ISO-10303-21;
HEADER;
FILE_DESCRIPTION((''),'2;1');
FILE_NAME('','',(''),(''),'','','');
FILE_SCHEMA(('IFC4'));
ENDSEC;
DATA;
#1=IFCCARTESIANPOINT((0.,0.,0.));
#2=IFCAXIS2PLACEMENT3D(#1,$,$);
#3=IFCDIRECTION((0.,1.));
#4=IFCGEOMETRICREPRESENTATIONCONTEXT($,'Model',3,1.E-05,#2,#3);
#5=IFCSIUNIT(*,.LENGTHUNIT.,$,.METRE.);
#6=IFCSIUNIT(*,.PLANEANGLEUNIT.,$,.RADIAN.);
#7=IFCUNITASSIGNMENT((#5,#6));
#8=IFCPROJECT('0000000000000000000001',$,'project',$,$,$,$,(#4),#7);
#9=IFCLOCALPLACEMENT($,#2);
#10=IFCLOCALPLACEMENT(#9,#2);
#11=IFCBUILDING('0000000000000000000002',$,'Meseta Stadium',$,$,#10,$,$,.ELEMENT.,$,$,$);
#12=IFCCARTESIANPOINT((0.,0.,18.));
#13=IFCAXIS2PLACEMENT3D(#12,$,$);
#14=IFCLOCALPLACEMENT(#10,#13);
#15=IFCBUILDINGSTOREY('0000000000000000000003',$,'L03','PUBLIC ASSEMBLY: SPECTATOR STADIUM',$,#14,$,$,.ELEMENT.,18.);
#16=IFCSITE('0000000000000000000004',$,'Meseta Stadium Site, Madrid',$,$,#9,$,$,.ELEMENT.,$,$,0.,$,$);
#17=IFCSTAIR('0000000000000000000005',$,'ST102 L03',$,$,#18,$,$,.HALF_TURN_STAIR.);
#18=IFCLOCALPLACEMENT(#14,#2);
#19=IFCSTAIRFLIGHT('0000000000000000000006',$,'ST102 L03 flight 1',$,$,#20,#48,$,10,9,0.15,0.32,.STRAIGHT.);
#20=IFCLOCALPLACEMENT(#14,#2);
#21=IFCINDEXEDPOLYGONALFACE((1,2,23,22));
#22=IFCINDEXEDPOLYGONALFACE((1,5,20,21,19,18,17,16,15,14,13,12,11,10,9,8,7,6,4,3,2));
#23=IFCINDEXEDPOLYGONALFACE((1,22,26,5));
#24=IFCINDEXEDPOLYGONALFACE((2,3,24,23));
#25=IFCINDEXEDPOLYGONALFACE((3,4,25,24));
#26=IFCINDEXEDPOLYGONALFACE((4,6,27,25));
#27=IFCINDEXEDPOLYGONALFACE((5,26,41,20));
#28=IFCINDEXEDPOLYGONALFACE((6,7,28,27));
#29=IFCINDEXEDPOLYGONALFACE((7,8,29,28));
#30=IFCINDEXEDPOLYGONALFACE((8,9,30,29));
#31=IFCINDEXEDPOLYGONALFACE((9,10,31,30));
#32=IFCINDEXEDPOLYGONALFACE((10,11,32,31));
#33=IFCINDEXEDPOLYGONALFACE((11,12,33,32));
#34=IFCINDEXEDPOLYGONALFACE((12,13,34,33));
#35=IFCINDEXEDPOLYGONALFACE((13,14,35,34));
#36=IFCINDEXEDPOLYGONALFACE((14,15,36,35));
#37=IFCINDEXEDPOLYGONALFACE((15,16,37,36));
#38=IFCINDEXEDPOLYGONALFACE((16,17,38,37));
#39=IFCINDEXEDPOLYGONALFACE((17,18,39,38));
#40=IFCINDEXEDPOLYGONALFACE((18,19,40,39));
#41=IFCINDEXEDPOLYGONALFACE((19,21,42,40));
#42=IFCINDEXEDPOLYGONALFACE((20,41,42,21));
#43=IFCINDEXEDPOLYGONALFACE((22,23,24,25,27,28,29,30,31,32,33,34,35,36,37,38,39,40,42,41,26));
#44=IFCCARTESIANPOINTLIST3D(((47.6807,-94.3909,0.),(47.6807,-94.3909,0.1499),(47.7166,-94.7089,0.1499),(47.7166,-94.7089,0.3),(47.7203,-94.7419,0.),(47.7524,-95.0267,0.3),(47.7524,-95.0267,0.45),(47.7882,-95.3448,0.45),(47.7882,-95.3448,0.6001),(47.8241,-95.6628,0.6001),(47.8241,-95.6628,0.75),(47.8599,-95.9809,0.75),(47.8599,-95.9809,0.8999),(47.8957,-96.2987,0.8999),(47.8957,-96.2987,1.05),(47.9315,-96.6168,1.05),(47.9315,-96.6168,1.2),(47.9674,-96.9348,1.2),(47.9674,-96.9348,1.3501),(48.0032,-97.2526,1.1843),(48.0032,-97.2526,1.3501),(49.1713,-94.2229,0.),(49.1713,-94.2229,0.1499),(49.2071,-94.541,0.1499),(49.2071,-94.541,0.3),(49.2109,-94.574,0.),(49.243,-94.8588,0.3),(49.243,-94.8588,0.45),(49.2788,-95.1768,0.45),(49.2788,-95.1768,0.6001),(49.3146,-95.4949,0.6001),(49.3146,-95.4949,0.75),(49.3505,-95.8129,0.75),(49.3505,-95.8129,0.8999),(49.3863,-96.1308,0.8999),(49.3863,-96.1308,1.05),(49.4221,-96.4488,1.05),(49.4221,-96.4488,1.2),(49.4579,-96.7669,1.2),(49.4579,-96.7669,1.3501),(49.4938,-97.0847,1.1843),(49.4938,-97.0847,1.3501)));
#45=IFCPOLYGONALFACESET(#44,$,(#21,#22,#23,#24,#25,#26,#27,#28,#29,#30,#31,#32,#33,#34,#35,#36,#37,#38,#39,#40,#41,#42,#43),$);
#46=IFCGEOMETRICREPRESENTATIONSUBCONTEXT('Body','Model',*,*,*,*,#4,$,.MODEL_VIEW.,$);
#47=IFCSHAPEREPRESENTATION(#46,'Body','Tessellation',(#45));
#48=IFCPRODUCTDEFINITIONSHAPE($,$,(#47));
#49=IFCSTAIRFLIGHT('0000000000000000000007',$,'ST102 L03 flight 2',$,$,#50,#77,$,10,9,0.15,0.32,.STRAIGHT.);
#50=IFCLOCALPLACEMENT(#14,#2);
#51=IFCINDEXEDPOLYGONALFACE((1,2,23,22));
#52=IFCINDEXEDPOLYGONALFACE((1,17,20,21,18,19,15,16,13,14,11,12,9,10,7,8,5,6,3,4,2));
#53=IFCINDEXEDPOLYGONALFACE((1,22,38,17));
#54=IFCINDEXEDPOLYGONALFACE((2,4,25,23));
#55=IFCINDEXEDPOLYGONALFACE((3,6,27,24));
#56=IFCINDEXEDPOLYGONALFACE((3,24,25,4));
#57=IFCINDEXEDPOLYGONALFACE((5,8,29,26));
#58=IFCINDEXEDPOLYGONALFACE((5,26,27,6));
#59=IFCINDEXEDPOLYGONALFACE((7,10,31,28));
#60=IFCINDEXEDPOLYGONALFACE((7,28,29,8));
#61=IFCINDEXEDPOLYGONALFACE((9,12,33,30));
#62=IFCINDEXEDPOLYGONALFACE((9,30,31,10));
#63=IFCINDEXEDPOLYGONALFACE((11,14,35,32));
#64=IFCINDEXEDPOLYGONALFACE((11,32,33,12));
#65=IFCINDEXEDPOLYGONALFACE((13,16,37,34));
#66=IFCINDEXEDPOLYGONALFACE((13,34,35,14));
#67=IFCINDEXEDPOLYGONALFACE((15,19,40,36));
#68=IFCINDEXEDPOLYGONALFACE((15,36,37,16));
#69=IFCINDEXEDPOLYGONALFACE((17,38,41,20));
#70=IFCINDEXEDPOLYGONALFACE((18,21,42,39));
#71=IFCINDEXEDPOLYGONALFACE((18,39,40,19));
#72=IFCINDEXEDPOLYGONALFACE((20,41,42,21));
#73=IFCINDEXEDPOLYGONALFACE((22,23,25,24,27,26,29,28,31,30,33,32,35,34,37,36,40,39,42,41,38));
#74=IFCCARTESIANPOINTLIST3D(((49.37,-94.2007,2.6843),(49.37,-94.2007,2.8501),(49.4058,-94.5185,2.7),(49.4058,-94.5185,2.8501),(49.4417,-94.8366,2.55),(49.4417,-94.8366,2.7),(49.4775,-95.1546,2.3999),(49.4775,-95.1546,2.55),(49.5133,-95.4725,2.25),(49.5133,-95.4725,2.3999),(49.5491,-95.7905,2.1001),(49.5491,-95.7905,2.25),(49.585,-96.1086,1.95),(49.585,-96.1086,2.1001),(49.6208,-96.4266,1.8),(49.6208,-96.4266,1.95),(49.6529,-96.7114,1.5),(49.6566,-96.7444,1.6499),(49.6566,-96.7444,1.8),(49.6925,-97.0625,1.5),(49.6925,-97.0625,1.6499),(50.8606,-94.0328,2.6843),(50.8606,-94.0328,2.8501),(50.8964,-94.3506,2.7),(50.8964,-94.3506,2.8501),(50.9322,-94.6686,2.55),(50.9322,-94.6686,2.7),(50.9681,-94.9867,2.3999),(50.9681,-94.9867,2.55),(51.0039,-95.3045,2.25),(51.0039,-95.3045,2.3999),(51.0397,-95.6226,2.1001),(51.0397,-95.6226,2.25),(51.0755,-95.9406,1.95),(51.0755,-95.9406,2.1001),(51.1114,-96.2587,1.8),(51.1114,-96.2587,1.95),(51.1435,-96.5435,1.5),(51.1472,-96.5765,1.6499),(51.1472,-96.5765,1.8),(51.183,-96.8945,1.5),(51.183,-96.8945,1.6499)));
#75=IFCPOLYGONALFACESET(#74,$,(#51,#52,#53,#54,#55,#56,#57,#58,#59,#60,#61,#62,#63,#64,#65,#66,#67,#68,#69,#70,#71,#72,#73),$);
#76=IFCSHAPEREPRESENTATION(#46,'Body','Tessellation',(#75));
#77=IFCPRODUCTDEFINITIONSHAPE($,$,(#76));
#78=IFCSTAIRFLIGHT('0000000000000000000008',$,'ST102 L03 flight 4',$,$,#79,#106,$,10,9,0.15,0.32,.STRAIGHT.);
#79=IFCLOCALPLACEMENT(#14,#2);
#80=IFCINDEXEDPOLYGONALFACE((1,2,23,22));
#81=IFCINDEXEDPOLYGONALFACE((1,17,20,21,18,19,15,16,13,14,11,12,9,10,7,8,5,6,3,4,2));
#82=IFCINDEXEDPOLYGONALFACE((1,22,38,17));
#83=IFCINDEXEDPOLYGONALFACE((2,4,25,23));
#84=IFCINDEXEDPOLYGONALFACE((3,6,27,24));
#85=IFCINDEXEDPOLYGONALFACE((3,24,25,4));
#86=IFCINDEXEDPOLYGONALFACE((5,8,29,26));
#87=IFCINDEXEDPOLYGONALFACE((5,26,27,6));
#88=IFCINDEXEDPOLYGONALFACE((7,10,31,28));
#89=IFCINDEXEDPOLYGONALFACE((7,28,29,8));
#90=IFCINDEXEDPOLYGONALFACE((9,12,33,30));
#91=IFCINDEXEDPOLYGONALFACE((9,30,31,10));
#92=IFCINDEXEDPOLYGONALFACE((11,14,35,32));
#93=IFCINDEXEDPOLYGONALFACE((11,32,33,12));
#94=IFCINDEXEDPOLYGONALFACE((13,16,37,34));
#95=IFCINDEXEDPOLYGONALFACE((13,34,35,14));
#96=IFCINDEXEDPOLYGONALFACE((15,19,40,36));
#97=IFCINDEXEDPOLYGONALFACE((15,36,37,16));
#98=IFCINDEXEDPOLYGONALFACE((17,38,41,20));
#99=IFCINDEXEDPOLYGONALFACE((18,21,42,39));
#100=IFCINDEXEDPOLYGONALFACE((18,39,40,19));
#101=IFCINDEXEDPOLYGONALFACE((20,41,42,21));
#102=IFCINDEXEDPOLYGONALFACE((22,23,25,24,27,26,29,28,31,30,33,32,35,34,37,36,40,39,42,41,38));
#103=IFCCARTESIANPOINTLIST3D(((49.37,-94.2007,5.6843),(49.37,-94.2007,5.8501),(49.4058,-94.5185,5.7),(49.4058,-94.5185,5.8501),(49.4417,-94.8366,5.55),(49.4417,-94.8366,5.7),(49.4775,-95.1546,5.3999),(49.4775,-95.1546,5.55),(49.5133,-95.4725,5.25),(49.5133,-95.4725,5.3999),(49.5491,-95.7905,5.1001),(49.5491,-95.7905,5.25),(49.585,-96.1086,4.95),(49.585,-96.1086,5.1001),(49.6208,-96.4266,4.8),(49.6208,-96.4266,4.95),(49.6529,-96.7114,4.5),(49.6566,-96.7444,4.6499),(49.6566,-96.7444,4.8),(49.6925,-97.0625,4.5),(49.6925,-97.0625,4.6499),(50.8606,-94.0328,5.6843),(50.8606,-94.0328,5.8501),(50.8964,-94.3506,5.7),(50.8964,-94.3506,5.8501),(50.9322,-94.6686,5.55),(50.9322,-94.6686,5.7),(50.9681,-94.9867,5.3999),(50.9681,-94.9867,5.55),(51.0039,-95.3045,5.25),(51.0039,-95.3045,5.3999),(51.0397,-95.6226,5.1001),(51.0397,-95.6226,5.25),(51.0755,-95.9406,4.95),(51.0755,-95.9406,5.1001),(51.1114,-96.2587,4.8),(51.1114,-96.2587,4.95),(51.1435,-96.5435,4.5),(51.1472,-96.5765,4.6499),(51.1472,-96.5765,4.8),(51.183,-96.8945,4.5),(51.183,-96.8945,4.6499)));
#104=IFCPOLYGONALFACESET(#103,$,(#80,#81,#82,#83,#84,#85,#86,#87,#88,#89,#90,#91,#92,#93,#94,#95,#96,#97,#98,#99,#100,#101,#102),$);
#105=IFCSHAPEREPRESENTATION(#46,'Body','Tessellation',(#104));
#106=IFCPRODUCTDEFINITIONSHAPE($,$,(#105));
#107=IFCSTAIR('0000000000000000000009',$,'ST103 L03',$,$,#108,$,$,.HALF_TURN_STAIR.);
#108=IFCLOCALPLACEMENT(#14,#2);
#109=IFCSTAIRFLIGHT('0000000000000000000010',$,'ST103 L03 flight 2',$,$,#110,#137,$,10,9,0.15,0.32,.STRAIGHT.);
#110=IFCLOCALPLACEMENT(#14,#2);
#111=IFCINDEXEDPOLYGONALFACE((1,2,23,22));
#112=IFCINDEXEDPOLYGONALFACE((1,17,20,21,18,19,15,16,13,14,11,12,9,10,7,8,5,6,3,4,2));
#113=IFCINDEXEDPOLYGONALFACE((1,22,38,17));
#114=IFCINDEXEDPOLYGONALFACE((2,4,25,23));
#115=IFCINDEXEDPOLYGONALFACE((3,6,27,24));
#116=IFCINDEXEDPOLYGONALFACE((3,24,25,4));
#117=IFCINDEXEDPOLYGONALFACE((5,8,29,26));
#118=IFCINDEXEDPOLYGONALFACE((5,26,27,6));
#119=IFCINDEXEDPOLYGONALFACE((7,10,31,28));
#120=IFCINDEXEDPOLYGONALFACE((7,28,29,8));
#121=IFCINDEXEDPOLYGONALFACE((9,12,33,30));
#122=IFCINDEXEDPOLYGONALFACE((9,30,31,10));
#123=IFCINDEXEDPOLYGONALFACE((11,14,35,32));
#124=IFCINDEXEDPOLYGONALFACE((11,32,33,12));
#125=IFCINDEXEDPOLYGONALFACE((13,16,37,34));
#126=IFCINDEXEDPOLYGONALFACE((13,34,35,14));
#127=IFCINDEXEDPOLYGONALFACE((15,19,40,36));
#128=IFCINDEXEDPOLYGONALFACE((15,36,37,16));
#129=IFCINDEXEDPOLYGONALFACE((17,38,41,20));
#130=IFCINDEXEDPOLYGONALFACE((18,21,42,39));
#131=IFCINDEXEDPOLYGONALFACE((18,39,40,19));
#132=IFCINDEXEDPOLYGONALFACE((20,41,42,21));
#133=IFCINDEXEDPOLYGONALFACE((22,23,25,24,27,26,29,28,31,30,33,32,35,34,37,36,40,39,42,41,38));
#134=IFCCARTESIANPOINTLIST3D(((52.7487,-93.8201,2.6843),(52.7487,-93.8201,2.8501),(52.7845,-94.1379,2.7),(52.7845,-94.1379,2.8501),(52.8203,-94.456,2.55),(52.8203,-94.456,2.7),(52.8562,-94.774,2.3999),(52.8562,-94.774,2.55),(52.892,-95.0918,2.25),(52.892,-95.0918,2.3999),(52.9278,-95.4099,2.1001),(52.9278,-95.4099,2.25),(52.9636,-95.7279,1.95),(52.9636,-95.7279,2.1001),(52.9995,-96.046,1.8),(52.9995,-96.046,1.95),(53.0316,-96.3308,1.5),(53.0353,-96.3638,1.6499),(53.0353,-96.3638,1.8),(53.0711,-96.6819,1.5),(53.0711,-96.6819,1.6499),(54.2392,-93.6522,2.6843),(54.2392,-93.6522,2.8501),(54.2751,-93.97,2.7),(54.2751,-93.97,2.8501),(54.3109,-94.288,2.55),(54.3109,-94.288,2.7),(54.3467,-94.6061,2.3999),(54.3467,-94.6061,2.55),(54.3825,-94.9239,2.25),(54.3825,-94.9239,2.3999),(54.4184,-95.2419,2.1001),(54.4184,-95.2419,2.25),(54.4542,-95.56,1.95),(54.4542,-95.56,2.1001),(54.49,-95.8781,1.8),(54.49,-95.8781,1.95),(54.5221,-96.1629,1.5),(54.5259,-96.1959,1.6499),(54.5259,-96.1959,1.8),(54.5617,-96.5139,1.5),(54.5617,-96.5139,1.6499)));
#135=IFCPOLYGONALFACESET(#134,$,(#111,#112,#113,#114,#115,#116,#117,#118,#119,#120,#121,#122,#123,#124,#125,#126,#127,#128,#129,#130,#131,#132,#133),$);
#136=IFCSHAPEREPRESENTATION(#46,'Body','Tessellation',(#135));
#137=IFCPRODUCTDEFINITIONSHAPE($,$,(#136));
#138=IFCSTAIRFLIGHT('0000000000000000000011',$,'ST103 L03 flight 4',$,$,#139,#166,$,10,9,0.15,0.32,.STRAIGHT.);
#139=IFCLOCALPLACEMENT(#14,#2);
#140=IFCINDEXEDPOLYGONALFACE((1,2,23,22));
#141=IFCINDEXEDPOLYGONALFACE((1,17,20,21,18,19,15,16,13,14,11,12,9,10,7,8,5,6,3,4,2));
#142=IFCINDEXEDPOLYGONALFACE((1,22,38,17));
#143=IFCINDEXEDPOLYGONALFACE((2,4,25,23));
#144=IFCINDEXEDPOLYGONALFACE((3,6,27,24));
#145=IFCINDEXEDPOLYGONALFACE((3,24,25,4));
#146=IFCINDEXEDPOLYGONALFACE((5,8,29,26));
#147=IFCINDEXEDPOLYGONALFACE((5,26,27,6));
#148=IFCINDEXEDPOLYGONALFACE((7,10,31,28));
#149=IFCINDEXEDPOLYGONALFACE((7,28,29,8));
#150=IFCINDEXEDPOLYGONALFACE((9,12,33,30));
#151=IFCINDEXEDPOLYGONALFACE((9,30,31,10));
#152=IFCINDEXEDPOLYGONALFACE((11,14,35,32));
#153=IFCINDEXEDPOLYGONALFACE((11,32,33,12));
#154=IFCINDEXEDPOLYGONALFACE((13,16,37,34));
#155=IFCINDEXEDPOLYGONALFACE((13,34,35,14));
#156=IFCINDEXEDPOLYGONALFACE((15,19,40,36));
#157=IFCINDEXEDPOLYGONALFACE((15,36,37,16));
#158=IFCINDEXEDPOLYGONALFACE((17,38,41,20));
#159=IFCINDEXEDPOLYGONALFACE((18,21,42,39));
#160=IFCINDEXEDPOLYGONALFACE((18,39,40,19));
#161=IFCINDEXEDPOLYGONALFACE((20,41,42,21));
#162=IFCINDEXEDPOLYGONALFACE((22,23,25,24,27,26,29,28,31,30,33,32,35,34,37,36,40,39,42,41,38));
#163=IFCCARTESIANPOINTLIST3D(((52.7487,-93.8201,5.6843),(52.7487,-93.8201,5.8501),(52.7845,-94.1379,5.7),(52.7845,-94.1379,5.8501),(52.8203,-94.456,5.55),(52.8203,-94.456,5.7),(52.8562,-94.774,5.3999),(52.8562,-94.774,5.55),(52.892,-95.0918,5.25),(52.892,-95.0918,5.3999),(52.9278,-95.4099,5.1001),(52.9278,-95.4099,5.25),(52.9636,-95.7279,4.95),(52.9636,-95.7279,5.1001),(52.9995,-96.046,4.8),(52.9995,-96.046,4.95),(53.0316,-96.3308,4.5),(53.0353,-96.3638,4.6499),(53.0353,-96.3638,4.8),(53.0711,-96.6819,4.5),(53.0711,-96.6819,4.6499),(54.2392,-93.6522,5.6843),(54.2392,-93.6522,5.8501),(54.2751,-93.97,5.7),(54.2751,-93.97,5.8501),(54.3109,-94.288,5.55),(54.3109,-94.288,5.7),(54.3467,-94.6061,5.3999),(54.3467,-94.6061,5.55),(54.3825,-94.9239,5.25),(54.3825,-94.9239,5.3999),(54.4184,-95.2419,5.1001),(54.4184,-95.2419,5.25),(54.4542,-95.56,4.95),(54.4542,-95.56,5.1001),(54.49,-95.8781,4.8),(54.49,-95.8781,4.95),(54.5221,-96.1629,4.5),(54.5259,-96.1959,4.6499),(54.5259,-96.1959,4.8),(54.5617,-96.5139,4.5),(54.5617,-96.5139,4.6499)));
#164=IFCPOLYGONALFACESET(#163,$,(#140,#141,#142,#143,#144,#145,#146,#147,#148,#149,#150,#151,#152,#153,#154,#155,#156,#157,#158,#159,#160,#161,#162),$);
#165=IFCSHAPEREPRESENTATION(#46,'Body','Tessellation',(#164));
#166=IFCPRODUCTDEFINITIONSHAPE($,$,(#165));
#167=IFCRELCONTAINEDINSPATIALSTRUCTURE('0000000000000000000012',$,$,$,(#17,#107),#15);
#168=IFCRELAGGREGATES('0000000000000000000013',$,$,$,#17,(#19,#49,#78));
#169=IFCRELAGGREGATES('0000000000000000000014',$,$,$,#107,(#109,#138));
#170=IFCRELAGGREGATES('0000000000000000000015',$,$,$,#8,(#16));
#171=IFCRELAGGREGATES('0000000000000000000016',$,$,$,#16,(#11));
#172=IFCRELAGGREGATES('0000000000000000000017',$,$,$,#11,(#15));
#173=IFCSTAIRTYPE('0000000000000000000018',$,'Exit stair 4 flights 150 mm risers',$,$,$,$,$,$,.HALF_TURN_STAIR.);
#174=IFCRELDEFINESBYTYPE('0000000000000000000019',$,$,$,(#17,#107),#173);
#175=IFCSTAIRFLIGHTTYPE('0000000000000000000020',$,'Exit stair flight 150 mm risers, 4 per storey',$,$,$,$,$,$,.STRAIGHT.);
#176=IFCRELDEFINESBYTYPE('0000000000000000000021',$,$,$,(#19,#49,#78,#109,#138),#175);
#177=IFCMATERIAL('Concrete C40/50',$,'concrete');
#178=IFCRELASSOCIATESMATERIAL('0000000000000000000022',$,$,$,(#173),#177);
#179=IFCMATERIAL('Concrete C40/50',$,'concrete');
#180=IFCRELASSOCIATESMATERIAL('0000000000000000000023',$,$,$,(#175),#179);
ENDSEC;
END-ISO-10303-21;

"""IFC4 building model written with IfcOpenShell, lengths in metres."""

from ifc_helpers import new_model, si_unit, direction, frame, origin, place, context, subcontext, project, spatial, polyline, outline, extrude, material, type_object, element, aggregate, save


model = new_model("IFC4")

# Units and contexts
model_context = context("Model", 3, precision=1e-05, world=origin(), true_north=direction((0.0, 1.0)))
body_context = subcontext(model_context, "Body", "Model", "MODEL_VIEW")
ifc_project = project(units=[si_unit("LENGTHUNIT", "METRE"), si_unit("PLANEANGLEUNIT", "RADIAN")], contexts=[model_context])

# Site, building, storey
site_placement = place(None, origin())
site = spatial("IfcSite", under=ifc_project, at=site_placement, Name="Meseta Stadium Site, Madrid", CompositionType="ELEMENT", RefElevation=0.0)
building_placement = place(site_placement, origin())
building = spatial("IfcBuilding", under=site, at=building_placement, Name="Meseta Stadium", CompositionType="ELEMENT")
storey_placement = place(building_placement, frame((0.0, 0.0, 18.0)))
storey = spatial("IfcBuildingStorey", under=building, at=storey_placement, Name="L03", Description="PUBLIC ASSEMBLY: SPECTATOR STADIUM", CompositionType="ELEMENT", Elevation=18.0)

# Stairs, stair flights
ifc_material_1 = material(Name="Concrete C40/50", Category="concrete")
stair_type = type_object("IfcStairType", Name="Exit stair 4 flights 150 mm risers", PredefinedType="HALF_TURN_STAIR", material=ifc_material_1)
stair_1_placement = place(storey_placement, origin())
stair_1 = element("IfcStair", 1, at=stair_1_placement, inside=storey, type_object=stair_type, Name="ST102 L03", PredefinedType="HALF_TURN_STAIR")
ifc_material_2 = material(Name="Concrete C40/50", Category="concrete")
stair_flight_type = type_object("IfcStairFlightType", Name="Exit stair flight 150 mm risers, 4 per storey", PredefinedType="STRAIGHT", material=ifc_material_2)
stair_flight_1_placement = place(storey_placement, frame((48.426, -94.3069, 0.0), z_axis=(0.0, 0.0, 1.0), x_axis=(0.111964, -0.993712, 0.0)))
stair_flight_1 = element("IfcStairFlight", 2, at=stair_flight_1_placement, type_object=stair_flight_type, Name="ST102 L03 flight 1", NumberOfRisers=10, NumberOfTreads=9, PredefinedType="STRAIGHT", RiserHeight=0.15, TreadLength=0.32, context=body_context, shape_type="SweptSolid", body=[
    extrude(outline(polyline([(0.0, 0.0), (0.0, 0.1499), (0.3201, 0.1499), (0.3201, 0.3), (0.6399, 0.3), (0.6399, 0.45), (0.96, 0.45), (0.96, 0.6001), (1.28, 0.6001), (1.28, 0.75), (1.6001, 0.75), (1.6001, 0.8999), (1.9199, 0.8999), (1.9199, 1.05), (2.24, 1.05), (2.24, 1.2), (2.5601, 1.2), (2.5601, 1.3501), (2.8799, 1.3501), (2.8799, 1.1843), (0.3533, 0.0), (0.0, 0.0)])), frame((0.0, 0.75, 0.0), z_axis=(0.0, -1.0, 0.0), x_axis=(1.0, 0.0, 0.0)), (0.0, 0.0, 1.0), 1.5),
])
stair_flight_2_placement = place(storey_placement, frame((50.4377, -96.9785, 1.5), z_axis=(0.0, 0.0, 1.0), x_axis=(-0.111964, 0.993712, 0.0)))
stair_flight_2 = element("IfcStairFlight", 3, at=stair_flight_2_placement, type_object=stair_flight_type, Name="ST102 L03 flight 2", NumberOfRisers=10, NumberOfTreads=9, PredefinedType="STRAIGHT", RiserHeight=0.15, TreadLength=0.32, context=body_context, shape_type="SweptSolid", body=[
    extrude(outline(polyline([(0.0, 0.0), (0.0, 0.1499), (0.3201, 0.1499), (0.3201, 0.3), (0.6399, 0.3), (0.6399, 0.45), (0.96, 0.45), (0.96, 0.6001), (1.28, 0.6001), (1.28, 0.75), (1.6001, 0.75), (1.6001, 0.8999), (1.9199, 0.8999), (1.9199, 1.05), (2.24, 1.05), (2.24, 1.2), (2.5601, 1.2), (2.5601, 1.3501), (2.8799, 1.3501), (2.8799, 1.1843), (0.3533, 0.0), (0.0, 0.0)])), frame((0.0, 0.75, 0.0), z_axis=(0.0, -1.0, 0.0), x_axis=(1.0, 0.0, 0.0)), (0.0, 0.0, 1.0), 1.5),
])
stair_flight_3_placement = place(storey_placement, frame((50.4377, -96.9785, 4.5), z_axis=(0.0, 0.0, 1.0), x_axis=(-0.111964, 0.993712, 0.0)))
stair_flight_3 = element("IfcStairFlight", 4, at=stair_flight_3_placement, type_object=stair_flight_type, Name="ST102 L03 flight 4", NumberOfRisers=10, NumberOfTreads=9, PredefinedType="STRAIGHT", RiserHeight=0.15, TreadLength=0.32, context=body_context, shape_type="SweptSolid", body=[
    extrude(outline(polyline([(0.0, 0.0), (0.0, 0.1499), (0.3201, 0.1499), (0.3201, 0.3), (0.6399, 0.3), (0.6399, 0.45), (0.96, 0.45), (0.96, 0.6001), (1.28, 0.6001), (1.28, 0.75), (1.6001, 0.75), (1.6001, 0.8999), (1.9199, 0.8999), (1.9199, 1.05), (2.24, 1.05), (2.24, 1.2), (2.5601, 1.2), (2.5601, 1.3501), (2.8799, 1.3501), (2.8799, 1.1843), (0.3533, 0.0), (0.0, 0.0)])), frame((0.0, 0.75, 0.0), z_axis=(0.0, -1.0, 0.0), x_axis=(1.0, 0.0, 0.0)), (0.0, 0.0, 1.0), 1.5),
])
aggregate(stair_1, [stair_flight_1, stair_flight_2, stair_flight_3])
stair_2_placement = place(storey_placement, origin())
stair_2 = element("IfcStair", 5, at=stair_2_placement, inside=storey, type_object=stair_type, Name="ST103 L03", PredefinedType="HALF_TURN_STAIR")
stair_flight_4_placement = place(storey_placement, frame((53.8164, -96.5979, 1.5), z_axis=(0.0, 0.0, 1.0), x_axis=(-0.111964, 0.993712, 0.0)))
stair_flight_4 = element("IfcStairFlight", 6, at=stair_flight_4_placement, type_object=stair_flight_type, Name="ST103 L03 flight 2", NumberOfRisers=10, NumberOfTreads=9, PredefinedType="STRAIGHT", RiserHeight=0.15, TreadLength=0.32, context=body_context, shape_type="SweptSolid", body=[
    extrude(outline(polyline([(0.0, 0.0), (0.0, 0.1499), (0.3201, 0.1499), (0.3201, 0.3), (0.6399, 0.3), (0.6399, 0.45), (0.96, 0.45), (0.96, 0.6001), (1.28, 0.6001), (1.28, 0.75), (1.6001, 0.75), (1.6001, 0.8999), (1.9199, 0.8999), (1.9199, 1.05), (2.24, 1.05), (2.24, 1.2), (2.5601, 1.2), (2.5601, 1.3501), (2.8799, 1.3501), (2.8799, 1.1843), (0.3533, 0.0), (0.0, 0.0)])), frame((0.0, 0.75, 0.0), z_axis=(0.0, -1.0, 0.0), x_axis=(1.0, 0.0, 0.0)), (0.0, 0.0, 1.0), 1.5),
])
stair_flight_5_placement = place(storey_placement, frame((53.8164, -96.5979, 4.5), z_axis=(0.0, 0.0, 1.0), x_axis=(-0.111964, 0.993712, 0.0)))
stair_flight_5 = element("IfcStairFlight", 7, at=stair_flight_5_placement, type_object=stair_flight_type, Name="ST103 L03 flight 4", NumberOfRisers=10, NumberOfTreads=9, PredefinedType="STRAIGHT", RiserHeight=0.15, TreadLength=0.32, context=body_context, shape_type="SweptSolid", body=[
    extrude(outline(polyline([(0.0, 0.0), (0.0, 0.1499), (0.3201, 0.1499), (0.3201, 0.3), (0.6399, 0.3), (0.6399, 0.45), (0.96, 0.45), (0.96, 0.6001), (1.28, 0.6001), (1.28, 0.75), (1.6001, 0.75), (1.6001, 0.8999), (1.9199, 0.8999), (1.9199, 1.05), (2.24, 1.05), (2.24, 1.2), (2.5601, 1.2), (2.5601, 1.3501), (2.8799, 1.3501), (2.8799, 1.1843), (0.3533, 0.0), (0.0, 0.0)])), frame((0.0, 0.75, 0.0), z_axis=(0.0, -1.0, 0.0), x_axis=(1.0, 0.0, 0.0)), (0.0, 0.0, 1.0), 1.5),
])
aggregate(stair_2, [stair_flight_4, stair_flight_5])

save(model, "model.ifc")
